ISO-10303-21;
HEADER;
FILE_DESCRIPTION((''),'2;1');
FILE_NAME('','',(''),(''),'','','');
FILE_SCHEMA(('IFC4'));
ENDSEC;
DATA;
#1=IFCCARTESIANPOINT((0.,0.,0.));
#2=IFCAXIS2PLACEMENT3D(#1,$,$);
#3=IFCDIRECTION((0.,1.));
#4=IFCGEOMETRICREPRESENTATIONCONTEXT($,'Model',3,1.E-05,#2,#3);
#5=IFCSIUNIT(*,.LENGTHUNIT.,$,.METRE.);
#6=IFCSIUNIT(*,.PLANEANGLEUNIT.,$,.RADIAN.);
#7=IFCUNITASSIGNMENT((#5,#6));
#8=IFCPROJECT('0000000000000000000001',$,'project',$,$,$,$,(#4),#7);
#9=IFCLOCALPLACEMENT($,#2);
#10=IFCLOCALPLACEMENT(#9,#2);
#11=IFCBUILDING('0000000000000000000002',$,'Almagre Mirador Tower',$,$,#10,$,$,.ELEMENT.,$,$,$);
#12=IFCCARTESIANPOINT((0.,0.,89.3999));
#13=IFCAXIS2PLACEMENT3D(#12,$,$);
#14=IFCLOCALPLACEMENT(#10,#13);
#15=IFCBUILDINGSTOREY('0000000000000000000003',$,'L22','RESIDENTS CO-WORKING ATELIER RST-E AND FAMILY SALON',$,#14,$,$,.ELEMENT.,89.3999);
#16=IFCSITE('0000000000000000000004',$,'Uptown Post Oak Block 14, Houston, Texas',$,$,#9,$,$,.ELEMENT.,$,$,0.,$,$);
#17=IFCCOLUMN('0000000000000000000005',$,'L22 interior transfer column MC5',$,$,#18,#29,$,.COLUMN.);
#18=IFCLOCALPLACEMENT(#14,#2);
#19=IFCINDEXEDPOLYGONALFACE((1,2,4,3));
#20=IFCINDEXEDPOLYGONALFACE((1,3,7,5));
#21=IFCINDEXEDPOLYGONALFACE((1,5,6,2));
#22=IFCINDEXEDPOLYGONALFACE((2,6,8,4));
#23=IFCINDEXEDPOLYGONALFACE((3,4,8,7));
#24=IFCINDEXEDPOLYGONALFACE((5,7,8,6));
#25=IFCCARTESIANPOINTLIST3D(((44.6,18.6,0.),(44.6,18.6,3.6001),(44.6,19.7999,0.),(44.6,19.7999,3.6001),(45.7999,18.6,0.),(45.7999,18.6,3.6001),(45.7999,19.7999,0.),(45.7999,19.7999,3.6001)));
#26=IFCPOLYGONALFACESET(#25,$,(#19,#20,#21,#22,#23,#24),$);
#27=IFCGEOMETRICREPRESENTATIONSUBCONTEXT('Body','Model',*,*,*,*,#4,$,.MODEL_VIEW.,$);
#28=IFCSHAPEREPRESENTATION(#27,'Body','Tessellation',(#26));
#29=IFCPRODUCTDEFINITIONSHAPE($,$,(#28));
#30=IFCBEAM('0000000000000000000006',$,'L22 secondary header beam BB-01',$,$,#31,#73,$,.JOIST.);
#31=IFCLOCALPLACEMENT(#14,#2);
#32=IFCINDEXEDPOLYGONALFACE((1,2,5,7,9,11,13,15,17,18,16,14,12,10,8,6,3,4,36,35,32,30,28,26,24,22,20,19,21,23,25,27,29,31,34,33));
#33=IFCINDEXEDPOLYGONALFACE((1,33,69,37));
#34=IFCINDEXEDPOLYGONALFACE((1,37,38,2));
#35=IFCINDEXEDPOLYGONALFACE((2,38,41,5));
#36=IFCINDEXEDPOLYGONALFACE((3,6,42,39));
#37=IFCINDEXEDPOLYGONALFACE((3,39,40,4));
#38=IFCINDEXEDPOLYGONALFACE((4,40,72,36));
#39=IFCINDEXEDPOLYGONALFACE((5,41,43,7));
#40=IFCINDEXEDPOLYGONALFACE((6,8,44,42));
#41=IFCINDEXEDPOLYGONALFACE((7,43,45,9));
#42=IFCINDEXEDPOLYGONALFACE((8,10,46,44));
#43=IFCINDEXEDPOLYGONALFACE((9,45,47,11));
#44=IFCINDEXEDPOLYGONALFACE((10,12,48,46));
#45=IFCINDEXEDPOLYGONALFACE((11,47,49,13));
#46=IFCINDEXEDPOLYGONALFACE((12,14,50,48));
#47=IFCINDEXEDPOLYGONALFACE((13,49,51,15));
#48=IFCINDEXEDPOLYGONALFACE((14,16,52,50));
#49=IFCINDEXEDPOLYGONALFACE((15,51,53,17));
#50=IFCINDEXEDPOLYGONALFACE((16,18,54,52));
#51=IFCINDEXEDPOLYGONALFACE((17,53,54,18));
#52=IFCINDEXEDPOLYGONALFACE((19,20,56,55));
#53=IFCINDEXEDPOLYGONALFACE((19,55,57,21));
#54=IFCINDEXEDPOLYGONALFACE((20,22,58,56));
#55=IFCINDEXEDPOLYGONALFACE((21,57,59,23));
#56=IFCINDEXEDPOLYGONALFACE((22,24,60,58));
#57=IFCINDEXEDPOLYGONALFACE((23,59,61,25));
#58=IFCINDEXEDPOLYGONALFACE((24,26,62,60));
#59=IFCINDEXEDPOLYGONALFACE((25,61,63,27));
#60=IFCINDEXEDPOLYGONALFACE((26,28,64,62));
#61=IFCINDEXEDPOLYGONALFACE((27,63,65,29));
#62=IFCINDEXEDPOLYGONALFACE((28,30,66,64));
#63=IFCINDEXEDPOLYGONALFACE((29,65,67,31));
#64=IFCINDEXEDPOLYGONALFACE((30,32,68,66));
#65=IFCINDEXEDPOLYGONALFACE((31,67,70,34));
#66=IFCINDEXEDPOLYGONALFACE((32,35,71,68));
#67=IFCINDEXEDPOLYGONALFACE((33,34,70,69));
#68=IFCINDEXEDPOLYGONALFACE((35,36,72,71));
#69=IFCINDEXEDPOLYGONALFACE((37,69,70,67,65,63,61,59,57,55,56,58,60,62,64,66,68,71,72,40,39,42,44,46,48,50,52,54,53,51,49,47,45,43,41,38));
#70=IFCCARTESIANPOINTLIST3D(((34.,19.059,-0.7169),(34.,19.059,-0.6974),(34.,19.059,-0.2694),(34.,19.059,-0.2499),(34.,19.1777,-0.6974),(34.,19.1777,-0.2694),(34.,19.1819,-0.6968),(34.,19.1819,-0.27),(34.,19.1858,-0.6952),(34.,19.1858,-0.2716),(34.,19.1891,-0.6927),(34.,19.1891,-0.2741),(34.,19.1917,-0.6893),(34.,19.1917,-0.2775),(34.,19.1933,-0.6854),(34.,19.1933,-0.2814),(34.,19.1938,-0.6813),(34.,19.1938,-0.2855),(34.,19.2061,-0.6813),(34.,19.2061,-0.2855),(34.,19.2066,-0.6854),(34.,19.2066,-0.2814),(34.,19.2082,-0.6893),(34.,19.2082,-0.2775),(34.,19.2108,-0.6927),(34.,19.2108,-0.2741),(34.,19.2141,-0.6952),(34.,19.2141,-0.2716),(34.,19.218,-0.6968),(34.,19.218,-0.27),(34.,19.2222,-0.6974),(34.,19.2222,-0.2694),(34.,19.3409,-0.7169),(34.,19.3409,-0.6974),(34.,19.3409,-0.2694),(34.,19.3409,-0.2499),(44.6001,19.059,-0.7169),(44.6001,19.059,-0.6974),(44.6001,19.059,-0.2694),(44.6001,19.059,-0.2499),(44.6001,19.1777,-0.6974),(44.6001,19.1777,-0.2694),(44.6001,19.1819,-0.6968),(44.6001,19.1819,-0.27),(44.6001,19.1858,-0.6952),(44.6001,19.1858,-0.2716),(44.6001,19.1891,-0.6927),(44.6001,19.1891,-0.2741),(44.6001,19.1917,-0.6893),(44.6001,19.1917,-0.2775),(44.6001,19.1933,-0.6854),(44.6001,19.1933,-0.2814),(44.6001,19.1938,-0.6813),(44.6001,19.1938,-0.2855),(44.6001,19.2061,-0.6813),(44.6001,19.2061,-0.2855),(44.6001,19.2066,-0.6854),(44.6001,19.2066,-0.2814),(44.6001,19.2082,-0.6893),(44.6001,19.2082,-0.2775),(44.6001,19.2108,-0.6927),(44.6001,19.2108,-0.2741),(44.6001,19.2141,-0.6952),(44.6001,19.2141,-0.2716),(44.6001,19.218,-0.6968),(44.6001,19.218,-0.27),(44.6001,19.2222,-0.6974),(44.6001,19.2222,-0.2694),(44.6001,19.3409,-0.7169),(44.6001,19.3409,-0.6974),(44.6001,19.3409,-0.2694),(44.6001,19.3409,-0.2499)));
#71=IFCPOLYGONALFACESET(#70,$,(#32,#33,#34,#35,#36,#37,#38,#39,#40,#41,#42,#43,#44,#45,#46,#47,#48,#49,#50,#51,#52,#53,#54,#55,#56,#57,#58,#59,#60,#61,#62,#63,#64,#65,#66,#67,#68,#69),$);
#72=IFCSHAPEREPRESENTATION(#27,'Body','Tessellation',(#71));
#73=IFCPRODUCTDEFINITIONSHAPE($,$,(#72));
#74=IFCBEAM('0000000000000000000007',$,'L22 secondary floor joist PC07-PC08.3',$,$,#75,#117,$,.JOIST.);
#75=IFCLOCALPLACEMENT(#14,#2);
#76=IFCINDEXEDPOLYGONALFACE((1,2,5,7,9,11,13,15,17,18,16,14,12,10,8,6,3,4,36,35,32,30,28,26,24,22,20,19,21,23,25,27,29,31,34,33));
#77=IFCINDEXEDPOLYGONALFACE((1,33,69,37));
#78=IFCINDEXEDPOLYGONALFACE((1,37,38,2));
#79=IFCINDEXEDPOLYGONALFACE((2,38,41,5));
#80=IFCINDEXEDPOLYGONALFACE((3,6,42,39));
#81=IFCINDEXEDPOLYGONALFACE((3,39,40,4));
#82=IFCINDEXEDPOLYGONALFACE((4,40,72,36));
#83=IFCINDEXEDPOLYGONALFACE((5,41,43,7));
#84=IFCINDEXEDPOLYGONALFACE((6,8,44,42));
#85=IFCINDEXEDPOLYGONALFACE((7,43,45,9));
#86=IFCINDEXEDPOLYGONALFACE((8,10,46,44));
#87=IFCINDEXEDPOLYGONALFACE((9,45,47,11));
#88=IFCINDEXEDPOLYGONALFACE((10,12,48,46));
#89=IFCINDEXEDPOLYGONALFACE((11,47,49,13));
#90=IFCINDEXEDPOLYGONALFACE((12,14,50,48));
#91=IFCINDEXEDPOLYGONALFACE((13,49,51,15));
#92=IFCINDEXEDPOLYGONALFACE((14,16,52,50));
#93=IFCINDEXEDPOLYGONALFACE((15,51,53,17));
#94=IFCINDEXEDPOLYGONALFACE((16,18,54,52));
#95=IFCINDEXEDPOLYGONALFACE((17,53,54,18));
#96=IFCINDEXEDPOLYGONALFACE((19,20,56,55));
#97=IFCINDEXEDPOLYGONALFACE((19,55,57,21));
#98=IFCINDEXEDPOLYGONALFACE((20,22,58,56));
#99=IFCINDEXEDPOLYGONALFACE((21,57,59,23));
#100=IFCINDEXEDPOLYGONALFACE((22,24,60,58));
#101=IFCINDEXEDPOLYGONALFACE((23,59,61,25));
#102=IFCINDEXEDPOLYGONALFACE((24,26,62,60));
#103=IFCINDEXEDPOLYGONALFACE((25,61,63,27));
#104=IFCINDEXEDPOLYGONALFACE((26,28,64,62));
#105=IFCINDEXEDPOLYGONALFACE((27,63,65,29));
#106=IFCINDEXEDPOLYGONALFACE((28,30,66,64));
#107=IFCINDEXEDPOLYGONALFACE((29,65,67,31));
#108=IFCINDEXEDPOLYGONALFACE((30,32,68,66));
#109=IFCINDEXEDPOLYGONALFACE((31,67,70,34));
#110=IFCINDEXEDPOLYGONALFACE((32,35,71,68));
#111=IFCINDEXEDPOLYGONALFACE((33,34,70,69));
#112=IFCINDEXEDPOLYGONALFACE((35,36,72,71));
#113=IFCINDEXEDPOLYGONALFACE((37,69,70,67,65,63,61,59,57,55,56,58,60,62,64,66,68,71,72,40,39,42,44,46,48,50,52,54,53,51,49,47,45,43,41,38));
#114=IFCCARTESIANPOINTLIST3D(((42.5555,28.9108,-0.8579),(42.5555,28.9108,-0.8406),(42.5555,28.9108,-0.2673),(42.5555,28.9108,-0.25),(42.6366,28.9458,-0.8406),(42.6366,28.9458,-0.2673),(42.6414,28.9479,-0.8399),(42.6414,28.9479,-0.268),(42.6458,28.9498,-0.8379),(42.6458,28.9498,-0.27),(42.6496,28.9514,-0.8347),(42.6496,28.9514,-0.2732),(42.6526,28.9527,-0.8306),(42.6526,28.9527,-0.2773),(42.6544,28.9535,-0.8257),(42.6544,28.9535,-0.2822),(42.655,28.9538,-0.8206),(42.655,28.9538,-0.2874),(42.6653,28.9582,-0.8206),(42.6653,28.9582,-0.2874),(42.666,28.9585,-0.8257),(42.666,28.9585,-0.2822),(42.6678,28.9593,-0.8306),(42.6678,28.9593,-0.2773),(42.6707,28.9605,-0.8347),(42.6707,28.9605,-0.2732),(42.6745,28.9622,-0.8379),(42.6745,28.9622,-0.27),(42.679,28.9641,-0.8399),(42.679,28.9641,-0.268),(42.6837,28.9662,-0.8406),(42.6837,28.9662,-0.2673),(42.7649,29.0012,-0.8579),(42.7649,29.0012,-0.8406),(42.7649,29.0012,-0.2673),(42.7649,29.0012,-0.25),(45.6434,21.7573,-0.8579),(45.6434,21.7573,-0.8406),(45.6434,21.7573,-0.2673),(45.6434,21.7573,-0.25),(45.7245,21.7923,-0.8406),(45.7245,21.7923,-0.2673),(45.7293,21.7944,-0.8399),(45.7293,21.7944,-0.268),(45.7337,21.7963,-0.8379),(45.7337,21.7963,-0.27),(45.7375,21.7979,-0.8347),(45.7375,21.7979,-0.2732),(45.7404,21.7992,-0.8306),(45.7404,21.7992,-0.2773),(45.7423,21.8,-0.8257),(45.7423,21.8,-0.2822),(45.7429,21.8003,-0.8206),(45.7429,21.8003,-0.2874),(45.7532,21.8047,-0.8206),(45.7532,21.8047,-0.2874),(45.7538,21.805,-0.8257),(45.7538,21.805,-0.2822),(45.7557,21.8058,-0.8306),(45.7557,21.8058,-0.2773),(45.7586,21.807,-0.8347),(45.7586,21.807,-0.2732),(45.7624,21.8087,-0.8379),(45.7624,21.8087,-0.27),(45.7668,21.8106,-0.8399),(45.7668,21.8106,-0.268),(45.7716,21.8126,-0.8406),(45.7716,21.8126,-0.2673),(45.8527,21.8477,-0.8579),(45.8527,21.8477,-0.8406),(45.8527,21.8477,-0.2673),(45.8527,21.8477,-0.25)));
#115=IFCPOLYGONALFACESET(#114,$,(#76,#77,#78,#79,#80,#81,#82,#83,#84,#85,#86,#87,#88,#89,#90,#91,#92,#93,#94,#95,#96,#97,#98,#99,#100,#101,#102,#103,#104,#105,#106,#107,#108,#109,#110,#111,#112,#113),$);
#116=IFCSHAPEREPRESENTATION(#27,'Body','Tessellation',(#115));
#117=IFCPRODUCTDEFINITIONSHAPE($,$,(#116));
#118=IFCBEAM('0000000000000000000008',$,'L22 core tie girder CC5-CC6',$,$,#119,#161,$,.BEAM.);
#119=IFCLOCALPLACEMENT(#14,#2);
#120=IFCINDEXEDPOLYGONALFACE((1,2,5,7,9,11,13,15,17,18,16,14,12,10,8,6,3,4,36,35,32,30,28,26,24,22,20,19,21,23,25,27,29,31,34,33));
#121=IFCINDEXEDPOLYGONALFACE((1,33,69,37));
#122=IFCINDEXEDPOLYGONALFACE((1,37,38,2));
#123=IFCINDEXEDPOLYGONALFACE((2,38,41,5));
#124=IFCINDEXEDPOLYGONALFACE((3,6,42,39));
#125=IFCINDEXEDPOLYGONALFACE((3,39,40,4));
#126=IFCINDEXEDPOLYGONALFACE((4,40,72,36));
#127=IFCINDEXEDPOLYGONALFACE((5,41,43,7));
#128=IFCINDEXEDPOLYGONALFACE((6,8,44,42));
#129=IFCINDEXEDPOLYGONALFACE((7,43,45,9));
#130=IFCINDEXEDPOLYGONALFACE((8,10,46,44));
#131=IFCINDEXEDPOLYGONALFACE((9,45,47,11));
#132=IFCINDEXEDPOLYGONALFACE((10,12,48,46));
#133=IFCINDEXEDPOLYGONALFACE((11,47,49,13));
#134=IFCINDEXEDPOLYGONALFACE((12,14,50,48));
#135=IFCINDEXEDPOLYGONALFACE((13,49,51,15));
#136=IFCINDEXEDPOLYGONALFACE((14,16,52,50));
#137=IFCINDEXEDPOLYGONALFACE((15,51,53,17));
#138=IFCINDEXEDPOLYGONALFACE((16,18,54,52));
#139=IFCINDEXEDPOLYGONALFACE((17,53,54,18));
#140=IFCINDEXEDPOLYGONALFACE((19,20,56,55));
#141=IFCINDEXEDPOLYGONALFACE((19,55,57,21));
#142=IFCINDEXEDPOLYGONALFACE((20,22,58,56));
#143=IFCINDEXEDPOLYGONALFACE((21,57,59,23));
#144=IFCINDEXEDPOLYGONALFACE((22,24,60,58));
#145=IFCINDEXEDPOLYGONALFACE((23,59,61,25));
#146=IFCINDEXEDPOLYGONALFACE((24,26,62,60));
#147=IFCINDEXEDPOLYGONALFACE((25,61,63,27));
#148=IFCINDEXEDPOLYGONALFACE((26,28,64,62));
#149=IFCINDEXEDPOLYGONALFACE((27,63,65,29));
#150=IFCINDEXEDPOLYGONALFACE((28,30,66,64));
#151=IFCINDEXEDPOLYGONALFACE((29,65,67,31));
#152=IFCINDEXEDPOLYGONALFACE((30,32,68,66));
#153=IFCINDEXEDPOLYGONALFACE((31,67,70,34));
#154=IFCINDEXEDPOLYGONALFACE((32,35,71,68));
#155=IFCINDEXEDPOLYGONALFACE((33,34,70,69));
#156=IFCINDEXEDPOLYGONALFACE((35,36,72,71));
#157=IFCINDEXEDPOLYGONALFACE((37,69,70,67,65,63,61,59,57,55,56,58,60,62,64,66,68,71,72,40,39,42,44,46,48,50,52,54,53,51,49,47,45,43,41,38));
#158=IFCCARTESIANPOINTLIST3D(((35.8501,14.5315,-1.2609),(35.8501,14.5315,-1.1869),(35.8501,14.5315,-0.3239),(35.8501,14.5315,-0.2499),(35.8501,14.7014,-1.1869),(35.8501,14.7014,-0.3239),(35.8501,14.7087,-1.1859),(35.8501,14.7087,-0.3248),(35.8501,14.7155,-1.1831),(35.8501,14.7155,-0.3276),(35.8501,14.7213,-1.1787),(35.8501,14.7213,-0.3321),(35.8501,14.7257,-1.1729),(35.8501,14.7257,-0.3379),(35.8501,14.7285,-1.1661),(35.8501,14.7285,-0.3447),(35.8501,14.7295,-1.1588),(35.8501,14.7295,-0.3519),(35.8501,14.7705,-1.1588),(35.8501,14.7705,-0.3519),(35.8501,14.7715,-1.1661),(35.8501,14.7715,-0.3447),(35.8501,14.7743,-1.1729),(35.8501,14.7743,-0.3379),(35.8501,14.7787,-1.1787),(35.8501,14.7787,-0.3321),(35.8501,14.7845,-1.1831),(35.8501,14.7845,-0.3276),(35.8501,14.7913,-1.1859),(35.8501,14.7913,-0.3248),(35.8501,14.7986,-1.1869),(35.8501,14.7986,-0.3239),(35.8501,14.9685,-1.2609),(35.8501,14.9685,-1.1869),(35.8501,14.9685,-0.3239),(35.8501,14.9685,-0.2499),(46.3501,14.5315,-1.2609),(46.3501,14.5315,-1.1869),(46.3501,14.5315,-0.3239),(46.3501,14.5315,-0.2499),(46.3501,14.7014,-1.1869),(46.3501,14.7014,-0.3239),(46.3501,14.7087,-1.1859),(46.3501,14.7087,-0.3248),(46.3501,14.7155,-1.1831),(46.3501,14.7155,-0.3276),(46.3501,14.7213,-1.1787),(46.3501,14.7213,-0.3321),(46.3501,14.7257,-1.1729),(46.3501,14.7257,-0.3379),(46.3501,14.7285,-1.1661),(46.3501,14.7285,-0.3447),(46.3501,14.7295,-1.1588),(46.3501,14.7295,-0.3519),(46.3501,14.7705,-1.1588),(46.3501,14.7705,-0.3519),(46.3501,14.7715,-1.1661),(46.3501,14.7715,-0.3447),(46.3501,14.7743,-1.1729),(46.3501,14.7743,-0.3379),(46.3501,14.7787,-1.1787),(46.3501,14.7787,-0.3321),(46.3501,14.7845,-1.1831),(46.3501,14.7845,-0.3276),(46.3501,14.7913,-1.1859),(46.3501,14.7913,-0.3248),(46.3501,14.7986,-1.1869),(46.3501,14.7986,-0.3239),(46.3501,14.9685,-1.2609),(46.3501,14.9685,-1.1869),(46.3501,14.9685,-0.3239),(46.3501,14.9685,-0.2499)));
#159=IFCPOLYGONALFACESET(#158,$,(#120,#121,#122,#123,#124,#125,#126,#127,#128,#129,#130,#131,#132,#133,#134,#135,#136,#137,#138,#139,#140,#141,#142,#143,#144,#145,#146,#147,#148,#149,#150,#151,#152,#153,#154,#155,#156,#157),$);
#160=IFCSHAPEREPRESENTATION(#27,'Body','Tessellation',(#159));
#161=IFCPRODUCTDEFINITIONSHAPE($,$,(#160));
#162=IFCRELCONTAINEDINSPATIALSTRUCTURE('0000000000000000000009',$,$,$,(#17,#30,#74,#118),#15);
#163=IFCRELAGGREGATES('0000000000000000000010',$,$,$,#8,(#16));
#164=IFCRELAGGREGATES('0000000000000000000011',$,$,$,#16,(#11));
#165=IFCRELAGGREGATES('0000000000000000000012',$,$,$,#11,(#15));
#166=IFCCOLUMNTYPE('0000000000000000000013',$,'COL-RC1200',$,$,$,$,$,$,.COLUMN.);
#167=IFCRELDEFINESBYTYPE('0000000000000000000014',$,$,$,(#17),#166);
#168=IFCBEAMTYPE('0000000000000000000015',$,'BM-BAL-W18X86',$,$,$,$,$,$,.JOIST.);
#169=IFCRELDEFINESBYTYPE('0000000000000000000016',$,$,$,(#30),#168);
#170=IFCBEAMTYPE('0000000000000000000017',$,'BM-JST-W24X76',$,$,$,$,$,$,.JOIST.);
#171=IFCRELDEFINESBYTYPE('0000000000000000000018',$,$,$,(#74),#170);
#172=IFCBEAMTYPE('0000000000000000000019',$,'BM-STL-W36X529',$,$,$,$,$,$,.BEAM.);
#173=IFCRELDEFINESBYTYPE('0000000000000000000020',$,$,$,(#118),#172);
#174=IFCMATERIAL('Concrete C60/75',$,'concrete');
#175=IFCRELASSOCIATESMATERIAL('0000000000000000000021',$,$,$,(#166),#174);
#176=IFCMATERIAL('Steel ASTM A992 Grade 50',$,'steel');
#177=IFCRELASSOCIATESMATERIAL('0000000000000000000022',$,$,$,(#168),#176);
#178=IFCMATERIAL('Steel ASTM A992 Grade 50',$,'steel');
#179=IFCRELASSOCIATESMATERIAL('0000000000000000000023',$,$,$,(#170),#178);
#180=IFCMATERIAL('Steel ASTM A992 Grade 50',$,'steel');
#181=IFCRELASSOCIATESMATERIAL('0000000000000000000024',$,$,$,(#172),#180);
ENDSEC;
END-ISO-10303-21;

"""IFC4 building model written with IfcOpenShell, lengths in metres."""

from ifc_helpers import new_model, si_unit, direction, frame, origin, origin_2d, place, context, subcontext, project, spatial, rectangle, i_section, extrude, material, material_profile, profile_set, type_object, element, save


model = new_model("IFC4")

# Units and contexts
model_context = context("Model", 3, precision=1e-05, world=origin(), true_north=direction((0.0, 1.0)))
body_context = subcontext(model_context, "Body", "Model", "MODEL_VIEW")
ifc_project = project(units=[si_unit("LENGTHUNIT", "METRE"), si_unit("PLANEANGLEUNIT", "RADIAN")], contexts=[model_context])

# Site, building, storey
site_placement = place(None, origin())
site = spatial("IfcSite", under=ifc_project, at=site_placement, Name="Uptown Post Oak Block 14, Houston, Texas", CompositionType="ELEMENT", RefElevation=0.0)
building_placement = place(site_placement, origin())
building = spatial("IfcBuilding", under=site, at=building_placement, Name="Almagre Mirador Tower", CompositionType="ELEMENT")
storey_placement = place(building_placement, frame((0.0, 0.0, 89.3999)))
storey = spatial("IfcBuildingStorey", under=building, at=storey_placement, Name="L22", Description="RESIDENTS CO-WORKING ATELIER RST-E AND FAMILY SALON", CompositionType="ELEMENT", Elevation=89.3999)

# Column
ifc_material_1 = material(Name="Concrete C60/75", Category="concrete")
ifc_material_profile_1 = material_profile(ifc_material_1, rectangle(XDim=1.2, YDim=1.2, at=origin_2d()), Name="RC1200X1200")
ifc_profile_set_1 = profile_set([ifc_material_profile_1], Name="Concrete C60/75")
column_type = type_object("IfcColumnType", Name="COL-RC1200", PredefinedType="COLUMN", material=ifc_profile_set_1)
column_placement = place(storey_placement, frame((45.2, 19.2, 0.0), z_axis=(0.0, 0.0, 1.0), x_axis=(1.0, 0.0, 0.0)))
element("IfcColumn", 1, at=column_placement, inside=storey, type_object=column_type, Name="L22 interior transfer column MC5", PredefinedType="COLUMN", context=body_context, shape_type="SweptSolid", body=[
    extrude(rectangle(XDim=1.2, YDim=1.2, at=origin_2d()), origin(), (0.0, 0.0, 1.0), 3.6001),
])

# Beams
ifc_material_2 = material(Name="Steel ASTM A992 Grade 50", Category="steel")
ifc_material_profile_2 = material_profile(ifc_material_2, i_section(OverallWidth=0.282, OverallDepth=0.467, WebThickness=0.0122, FlangeThickness=0.0195, FilletRadius=0.0161, at=origin_2d()), Name="W18X86")
ifc_profile_set_2 = profile_set([ifc_material_profile_2], Name="Steel ASTM A992 Grade 50")
beam_type_1 = type_object("IfcBeamType", Name="BM-BAL-W18X86", PredefinedType="JOIST", material=ifc_profile_set_2)
beam_1_placement = place(storey_placement, frame((34.0, 19.2, -0.4834), z_axis=(1.0, 0.0, 0.0), x_axis=(0.0, 1.0, 0.0)))
element("IfcBeam", 2, at=beam_1_placement, inside=storey, type_object=beam_type_1, Name="L22 secondary header beam BB-01", PredefinedType="JOIST", context=body_context, shape_type="SweptSolid", body=[
    extrude(i_section(OverallWidth=0.282, OverallDepth=0.467, WebThickness=0.0122, FlangeThickness=0.0195, FilletRadius=0.0161, at=origin_2d()), origin(), (0.0, 0.0, 1.0), 10.6001),
])
ifc_material_3 = material(Name="Steel ASTM A992 Grade 50", Category="steel")
ifc_material_profile_3 = material_profile(ifc_material_3, i_section(OverallWidth=0.228, OverallDepth=0.6079, WebThickness=0.0112, FlangeThickness=0.0173, FilletRadius=0.02, at=origin_2d()), Name="W24X76")
ifc_profile_set_3 = profile_set([ifc_material_profile_3], Name="Steel ASTM A992 Grade 50")
beam_type_2 = type_object("IfcBeamType", Name="BM-JST-W24X76", PredefinedType="JOIST", material=ifc_profile_set_3)
beam_2_placement = place(storey_placement, frame((45.748, 21.8025, -0.554), z_axis=(-0.396312, 0.918116, 0.0), x_axis=(-0.918116, -0.396312, 0.0)))
element("IfcBeam", 3, at=beam_2_placement, inside=storey, type_object=beam_type_2, Name="L22 secondary floor joist PC07-PC08.3", PredefinedType="JOIST", context=body_context, shape_type="SweptSolid", body=[
    extrude(i_section(OverallWidth=0.228, OverallDepth=0.6079, WebThickness=0.0112, FlangeThickness=0.0173, FilletRadius=0.02, at=origin_2d()), origin(), (0.0, 0.0, 1.0), 7.7915),
])
ifc_material_4 = material(Name="Steel ASTM A992 Grade 50", Category="steel")
ifc_material_profile_4 = material_profile(ifc_material_4, i_section(OverallWidth=0.437, OverallDepth=1.011, WebThickness=0.041, FlangeThickness=0.074, FilletRadius=0.0281, at=origin_2d()), Name="W36X529")
ifc_profile_set_4 = profile_set([ifc_material_profile_4], Name="Steel ASTM A992 Grade 50")
beam_type_3 = type_object("IfcBeamType", Name="BM-STL-W36X529", PredefinedType="BEAM", material=ifc_profile_set_4)
beam_3_placement = place(storey_placement, frame((35.8501, 14.75, -0.7554), z_axis=(1.0, 0.0, 0.0), x_axis=(0.0, 1.0, 0.0)))
element("IfcBeam", 4, at=beam_3_placement, inside=storey, type_object=beam_type_3, Name="L22 core tie girder CC5-CC6", PredefinedType="BEAM", context=body_context, shape_type="SweptSolid", body=[
    extrude(i_section(OverallWidth=0.437, OverallDepth=1.011, WebThickness=0.041, FlangeThickness=0.074, FilletRadius=0.0281, at=origin_2d()), origin(), (0.0, 0.0, 1.0), 10.5),
])

save(model, "model.ifc")
